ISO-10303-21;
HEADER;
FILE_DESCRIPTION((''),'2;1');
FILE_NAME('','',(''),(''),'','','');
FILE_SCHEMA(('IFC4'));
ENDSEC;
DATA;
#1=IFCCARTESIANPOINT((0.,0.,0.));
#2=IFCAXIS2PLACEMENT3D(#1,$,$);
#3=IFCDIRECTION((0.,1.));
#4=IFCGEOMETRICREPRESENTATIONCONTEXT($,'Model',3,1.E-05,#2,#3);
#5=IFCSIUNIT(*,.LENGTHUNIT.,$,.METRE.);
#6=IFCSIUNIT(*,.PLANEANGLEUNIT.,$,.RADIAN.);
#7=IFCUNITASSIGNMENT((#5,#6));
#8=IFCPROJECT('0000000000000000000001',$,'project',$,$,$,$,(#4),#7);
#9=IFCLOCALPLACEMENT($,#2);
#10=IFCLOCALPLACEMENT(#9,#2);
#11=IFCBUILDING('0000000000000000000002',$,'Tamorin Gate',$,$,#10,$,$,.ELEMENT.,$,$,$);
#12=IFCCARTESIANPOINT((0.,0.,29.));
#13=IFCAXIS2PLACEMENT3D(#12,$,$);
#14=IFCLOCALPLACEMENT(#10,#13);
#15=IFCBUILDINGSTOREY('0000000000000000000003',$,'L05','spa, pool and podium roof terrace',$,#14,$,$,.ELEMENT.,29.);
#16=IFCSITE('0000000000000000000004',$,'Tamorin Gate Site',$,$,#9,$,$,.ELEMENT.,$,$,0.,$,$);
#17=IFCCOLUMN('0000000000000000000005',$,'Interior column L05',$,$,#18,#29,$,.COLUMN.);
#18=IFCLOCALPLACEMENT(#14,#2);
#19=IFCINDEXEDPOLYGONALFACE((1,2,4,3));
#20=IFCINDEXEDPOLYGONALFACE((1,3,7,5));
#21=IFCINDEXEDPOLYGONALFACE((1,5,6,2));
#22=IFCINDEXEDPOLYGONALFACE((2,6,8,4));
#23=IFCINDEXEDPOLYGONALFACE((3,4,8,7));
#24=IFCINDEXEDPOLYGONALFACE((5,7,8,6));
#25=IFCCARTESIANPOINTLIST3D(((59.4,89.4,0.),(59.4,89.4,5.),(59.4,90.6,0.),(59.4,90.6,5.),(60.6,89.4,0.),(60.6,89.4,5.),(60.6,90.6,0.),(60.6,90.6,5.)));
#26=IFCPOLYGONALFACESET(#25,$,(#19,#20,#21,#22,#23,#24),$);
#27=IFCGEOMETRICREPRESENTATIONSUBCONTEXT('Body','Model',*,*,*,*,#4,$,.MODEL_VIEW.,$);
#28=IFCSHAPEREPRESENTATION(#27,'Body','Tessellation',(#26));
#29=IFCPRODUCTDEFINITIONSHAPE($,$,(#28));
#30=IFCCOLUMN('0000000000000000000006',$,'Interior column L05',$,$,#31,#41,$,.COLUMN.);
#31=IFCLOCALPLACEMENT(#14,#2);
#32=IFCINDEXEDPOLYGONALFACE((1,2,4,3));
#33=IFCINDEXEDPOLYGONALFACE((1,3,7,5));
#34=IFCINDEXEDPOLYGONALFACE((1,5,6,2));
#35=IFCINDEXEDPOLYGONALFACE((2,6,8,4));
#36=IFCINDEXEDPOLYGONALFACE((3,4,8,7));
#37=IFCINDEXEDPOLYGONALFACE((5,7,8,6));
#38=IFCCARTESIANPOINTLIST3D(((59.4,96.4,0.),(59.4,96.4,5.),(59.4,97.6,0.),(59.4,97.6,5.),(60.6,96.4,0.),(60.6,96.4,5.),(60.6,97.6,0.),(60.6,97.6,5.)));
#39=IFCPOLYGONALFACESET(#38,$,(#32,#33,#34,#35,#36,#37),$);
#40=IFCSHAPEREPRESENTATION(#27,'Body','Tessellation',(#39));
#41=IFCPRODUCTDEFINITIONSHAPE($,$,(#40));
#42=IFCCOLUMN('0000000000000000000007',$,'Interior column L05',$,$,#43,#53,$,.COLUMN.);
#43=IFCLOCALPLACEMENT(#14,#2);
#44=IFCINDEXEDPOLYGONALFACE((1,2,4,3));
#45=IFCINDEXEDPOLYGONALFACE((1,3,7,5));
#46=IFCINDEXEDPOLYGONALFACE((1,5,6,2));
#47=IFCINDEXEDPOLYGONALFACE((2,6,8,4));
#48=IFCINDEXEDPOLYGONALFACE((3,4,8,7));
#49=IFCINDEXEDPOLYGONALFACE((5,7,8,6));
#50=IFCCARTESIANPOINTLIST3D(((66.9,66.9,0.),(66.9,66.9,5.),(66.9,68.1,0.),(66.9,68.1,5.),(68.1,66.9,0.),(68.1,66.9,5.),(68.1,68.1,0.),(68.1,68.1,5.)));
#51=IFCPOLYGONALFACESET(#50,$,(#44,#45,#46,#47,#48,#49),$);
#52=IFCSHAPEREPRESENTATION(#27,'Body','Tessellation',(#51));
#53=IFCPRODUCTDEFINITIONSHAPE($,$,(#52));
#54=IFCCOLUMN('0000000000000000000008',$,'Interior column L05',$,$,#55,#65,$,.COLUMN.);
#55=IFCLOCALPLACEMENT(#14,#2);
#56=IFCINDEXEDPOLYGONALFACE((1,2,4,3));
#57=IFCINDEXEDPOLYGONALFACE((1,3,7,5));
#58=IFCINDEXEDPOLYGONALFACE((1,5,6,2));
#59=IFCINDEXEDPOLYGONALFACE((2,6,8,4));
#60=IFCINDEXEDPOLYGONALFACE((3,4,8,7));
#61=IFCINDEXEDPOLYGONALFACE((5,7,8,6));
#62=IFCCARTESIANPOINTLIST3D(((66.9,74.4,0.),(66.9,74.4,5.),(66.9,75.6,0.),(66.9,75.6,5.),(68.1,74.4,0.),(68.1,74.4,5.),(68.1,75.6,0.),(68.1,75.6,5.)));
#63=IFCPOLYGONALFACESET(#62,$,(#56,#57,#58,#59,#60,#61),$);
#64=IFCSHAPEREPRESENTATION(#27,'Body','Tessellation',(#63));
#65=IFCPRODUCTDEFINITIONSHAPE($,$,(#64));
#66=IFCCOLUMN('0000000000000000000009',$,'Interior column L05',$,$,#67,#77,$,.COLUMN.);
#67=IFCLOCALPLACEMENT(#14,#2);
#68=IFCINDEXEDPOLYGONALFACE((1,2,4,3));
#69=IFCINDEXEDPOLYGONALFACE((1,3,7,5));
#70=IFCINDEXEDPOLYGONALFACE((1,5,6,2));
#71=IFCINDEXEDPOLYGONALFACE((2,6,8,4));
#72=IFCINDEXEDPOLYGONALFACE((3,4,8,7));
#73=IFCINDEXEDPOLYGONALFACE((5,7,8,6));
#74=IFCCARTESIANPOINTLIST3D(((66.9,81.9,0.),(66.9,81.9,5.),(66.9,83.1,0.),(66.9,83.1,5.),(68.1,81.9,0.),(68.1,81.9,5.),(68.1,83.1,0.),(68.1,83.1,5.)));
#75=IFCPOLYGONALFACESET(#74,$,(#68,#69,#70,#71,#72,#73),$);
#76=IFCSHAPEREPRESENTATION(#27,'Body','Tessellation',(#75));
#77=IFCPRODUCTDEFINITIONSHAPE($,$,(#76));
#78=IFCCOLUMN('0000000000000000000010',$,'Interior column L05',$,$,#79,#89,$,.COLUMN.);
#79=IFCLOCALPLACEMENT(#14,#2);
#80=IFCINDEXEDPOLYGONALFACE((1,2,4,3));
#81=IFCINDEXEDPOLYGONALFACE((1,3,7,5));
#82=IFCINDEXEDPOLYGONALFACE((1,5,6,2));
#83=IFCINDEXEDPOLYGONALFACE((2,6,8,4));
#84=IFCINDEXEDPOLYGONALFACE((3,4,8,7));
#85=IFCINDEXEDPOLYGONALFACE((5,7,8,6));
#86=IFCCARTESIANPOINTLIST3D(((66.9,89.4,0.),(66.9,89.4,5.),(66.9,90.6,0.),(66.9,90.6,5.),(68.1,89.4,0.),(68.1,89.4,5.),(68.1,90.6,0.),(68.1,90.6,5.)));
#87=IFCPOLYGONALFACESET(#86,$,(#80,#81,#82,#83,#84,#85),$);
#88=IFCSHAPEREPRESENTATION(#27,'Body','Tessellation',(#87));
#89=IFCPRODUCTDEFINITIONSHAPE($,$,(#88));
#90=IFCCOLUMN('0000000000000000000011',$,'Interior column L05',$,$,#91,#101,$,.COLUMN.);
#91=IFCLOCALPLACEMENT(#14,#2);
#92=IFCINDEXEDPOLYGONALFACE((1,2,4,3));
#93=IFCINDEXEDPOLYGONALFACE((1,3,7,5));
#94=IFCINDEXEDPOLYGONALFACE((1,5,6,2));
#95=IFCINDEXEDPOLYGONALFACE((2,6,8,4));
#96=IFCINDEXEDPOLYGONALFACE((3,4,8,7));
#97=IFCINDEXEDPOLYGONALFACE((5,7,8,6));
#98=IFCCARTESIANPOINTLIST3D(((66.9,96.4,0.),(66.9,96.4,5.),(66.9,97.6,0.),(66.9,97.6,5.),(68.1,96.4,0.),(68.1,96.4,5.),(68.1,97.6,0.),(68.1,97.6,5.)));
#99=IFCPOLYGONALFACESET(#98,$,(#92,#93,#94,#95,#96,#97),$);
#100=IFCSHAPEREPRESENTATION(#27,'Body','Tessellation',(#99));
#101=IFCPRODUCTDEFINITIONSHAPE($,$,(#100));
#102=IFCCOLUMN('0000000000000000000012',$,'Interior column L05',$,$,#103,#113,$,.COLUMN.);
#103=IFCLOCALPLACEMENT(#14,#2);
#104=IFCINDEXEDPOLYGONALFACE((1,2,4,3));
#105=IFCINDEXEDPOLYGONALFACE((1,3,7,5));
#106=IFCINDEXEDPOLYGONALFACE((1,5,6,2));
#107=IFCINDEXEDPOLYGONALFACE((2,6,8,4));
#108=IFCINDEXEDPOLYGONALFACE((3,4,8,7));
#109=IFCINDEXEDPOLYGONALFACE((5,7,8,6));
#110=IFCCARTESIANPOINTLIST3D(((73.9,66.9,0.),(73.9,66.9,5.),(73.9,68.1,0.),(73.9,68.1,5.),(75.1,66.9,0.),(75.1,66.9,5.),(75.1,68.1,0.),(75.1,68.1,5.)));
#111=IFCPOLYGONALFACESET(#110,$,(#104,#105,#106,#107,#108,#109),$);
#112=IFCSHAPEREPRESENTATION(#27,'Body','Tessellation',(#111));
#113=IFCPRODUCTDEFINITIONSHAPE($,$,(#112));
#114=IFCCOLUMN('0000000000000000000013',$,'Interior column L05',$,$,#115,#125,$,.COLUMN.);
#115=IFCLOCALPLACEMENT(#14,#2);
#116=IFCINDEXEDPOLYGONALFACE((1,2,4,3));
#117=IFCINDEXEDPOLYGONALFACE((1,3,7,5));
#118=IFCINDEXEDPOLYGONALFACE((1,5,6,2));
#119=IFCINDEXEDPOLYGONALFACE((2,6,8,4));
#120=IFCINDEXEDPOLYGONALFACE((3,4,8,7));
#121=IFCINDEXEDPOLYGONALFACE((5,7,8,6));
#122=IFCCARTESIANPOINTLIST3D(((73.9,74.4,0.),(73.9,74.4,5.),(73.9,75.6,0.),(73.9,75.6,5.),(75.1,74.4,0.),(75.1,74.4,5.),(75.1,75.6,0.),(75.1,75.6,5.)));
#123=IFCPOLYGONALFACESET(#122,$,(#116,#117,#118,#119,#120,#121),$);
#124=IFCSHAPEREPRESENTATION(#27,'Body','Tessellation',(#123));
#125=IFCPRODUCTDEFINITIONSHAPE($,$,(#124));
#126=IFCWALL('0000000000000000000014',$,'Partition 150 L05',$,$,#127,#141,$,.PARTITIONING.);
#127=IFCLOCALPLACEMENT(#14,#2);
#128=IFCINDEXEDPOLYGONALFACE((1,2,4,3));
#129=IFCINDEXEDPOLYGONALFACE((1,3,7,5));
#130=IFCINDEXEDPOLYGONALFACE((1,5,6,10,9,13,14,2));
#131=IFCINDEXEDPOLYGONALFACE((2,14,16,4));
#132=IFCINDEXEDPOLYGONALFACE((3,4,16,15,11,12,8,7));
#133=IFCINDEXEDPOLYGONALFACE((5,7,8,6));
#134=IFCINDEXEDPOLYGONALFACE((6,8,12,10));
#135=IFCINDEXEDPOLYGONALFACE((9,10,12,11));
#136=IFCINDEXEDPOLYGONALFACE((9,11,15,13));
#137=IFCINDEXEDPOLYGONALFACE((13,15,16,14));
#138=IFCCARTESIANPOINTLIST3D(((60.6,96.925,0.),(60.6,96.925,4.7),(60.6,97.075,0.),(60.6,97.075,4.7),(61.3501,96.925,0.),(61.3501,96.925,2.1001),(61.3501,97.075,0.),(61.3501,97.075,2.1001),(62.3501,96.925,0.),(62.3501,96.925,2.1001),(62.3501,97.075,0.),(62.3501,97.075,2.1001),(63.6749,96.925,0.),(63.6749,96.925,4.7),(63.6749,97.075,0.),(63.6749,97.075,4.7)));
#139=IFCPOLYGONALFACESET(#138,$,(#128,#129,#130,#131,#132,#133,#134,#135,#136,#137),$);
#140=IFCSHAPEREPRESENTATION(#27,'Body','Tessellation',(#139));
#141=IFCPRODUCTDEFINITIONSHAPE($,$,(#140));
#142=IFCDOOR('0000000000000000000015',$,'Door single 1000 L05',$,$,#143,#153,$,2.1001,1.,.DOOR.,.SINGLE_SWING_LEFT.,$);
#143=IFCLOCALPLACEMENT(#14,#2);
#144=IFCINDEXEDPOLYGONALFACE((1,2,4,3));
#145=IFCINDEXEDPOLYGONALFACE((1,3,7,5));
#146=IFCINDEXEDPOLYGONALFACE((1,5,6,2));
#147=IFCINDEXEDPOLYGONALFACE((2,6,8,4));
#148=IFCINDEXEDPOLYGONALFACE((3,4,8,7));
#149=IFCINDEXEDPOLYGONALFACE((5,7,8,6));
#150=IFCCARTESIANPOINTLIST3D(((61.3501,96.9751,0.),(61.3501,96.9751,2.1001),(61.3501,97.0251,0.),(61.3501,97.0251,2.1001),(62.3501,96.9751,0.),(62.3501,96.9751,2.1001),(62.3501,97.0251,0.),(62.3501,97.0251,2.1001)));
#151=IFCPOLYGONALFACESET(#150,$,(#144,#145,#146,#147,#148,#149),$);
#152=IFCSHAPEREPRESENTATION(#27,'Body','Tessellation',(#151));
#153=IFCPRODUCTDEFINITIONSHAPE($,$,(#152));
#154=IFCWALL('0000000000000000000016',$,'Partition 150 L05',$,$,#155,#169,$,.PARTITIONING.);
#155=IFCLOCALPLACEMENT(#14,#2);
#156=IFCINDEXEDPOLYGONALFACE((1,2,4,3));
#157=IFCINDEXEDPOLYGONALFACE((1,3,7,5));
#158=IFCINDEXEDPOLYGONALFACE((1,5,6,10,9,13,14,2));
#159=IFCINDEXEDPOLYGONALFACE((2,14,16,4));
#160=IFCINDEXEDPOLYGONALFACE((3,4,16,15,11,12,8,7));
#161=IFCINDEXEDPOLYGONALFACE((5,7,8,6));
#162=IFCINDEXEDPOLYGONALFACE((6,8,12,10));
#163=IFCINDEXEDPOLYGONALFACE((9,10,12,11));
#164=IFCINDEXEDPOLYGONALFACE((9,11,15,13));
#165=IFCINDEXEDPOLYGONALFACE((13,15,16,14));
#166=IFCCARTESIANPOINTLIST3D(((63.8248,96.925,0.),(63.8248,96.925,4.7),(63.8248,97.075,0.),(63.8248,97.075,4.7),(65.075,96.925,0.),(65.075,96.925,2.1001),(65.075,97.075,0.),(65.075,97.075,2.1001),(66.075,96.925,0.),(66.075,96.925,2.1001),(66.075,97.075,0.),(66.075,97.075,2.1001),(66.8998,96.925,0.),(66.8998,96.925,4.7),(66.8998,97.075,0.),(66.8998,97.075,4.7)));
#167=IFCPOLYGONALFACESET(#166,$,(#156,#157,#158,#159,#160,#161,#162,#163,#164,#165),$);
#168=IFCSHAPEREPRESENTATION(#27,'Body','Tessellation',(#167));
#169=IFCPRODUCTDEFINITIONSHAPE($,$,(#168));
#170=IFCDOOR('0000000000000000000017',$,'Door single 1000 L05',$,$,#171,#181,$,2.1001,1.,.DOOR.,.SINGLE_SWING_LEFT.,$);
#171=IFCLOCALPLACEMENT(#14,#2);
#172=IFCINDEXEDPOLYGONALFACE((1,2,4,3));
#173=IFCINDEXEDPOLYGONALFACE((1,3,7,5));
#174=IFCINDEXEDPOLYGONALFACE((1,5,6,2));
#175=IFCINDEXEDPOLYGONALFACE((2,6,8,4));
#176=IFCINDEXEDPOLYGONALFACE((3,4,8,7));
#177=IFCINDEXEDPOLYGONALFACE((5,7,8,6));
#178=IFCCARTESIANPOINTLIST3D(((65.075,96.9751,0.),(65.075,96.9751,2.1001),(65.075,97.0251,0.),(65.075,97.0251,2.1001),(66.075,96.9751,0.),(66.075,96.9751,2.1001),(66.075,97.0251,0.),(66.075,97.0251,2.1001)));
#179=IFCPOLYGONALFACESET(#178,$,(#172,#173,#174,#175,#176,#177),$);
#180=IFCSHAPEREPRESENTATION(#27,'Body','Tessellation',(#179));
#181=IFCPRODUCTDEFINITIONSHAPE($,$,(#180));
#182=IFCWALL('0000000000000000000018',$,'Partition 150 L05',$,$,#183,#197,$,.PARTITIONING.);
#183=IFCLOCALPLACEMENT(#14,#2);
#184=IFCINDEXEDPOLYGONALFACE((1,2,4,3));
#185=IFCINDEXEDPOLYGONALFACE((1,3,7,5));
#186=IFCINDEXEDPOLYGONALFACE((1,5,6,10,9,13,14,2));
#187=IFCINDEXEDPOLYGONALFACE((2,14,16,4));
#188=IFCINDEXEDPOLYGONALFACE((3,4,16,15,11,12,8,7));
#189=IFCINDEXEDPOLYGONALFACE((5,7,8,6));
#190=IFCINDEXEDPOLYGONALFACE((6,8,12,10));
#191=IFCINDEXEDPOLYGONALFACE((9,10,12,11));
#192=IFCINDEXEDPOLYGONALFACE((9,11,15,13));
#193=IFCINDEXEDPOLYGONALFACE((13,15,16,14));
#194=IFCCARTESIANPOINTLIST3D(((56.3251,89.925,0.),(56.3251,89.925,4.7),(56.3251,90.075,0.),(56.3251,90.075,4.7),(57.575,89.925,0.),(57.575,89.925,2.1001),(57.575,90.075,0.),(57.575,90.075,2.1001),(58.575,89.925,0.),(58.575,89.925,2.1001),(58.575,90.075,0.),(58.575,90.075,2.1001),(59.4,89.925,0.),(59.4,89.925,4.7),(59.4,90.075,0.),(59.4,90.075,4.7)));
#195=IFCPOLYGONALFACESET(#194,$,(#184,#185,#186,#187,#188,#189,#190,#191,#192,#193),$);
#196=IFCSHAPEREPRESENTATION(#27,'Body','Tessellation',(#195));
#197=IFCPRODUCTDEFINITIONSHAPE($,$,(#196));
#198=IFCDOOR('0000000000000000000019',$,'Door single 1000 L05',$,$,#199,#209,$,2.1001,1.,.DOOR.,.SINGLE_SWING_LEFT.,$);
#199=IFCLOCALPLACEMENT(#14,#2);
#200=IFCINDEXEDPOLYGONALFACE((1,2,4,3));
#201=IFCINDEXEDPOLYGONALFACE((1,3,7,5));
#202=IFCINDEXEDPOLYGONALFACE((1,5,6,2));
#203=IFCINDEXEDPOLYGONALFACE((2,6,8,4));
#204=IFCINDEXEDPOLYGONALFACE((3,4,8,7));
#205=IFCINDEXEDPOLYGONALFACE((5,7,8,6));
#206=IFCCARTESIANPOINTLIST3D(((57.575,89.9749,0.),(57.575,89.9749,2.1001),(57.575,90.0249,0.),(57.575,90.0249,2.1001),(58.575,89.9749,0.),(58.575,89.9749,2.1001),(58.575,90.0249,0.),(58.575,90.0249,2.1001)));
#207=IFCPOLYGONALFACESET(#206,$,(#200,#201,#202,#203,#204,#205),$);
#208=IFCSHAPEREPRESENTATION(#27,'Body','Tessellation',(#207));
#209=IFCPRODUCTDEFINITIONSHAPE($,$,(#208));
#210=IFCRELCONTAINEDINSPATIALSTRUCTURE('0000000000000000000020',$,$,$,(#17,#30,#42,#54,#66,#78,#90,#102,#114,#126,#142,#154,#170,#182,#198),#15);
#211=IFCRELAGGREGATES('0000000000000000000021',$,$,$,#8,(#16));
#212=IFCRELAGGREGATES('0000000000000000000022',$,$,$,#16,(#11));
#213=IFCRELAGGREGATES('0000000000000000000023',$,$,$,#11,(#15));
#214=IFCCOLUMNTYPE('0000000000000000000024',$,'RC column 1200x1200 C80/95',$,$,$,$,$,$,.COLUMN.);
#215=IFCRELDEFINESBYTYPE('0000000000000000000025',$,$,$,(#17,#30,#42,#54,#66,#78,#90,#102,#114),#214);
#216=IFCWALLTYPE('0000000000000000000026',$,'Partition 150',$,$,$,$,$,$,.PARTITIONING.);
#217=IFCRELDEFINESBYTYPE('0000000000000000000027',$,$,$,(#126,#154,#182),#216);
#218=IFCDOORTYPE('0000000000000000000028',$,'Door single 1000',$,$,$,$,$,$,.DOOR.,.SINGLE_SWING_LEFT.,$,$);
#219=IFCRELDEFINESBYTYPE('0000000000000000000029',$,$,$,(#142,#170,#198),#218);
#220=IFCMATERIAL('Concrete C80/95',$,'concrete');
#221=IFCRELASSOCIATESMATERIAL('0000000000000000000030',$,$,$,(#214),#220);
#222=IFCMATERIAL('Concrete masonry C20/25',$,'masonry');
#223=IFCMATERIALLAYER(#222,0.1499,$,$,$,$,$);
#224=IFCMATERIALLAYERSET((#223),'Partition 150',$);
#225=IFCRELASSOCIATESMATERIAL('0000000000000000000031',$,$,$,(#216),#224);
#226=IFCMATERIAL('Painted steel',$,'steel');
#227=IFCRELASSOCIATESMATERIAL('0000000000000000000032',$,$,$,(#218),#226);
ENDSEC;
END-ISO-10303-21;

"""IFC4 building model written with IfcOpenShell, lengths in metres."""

from ifc_helpers import new_model, si_unit, direction, frame, frame_2d, origin, origin_2d, place, context, subcontext, project, spatial, rectangle, extrude, material, layer, layer_set, material_profile, profile_set, type_object, element, fill, save


model = new_model("IFC4")

# Units and contexts
model_context = context("Model", 3, precision=1e-05, world=origin(), true_north=direction((0.0, 1.0)))
body_context = subcontext(model_context, "Body", "Model", "MODEL_VIEW")
ifc_project = project(units=[si_unit("LENGTHUNIT", "METRE"), si_unit("PLANEANGLEUNIT", "RADIAN")], contexts=[model_context])

# Site, building, storey
site_placement = place(None, origin())
site = spatial("IfcSite", under=ifc_project, at=site_placement, Name="Tamorin Gate Site", CompositionType="ELEMENT", RefElevation=0.0)
building_placement = place(site_placement, origin())
building = spatial("IfcBuilding", under=site, at=building_placement, Name="Tamorin Gate", CompositionType="ELEMENT")
storey_placement = place(building_placement, frame((0.0, 0.0, 29.0)))
storey = spatial("IfcBuildingStorey", under=building, at=storey_placement, Name="L05", Description="spa, pool and podium roof terrace", CompositionType="ELEMENT", Elevation=29.0)

# Columns
ifc_material_1 = material(Name="Concrete C80/95", Category="concrete")
ifc_material_profile = material_profile(ifc_material_1, rectangle(XDim=1.2, YDim=1.2, at=origin_2d()), Name="RC 1200x1200")
ifc_profile_set = profile_set([ifc_material_profile], Name="Concrete C80/95")
column_type = type_object("IfcColumnType", Name="RC column 1200x1200 C80/95", PredefinedType="COLUMN", material=ifc_profile_set)
for number, where, z_axis, x_axis, name in (
    (1, (60.0, 90.0, 0.0), (0.0, 0.0, 1.0), (1.0, 0.0, 0.0), "Interior column L05"),
    (2, (60.0, 97.0, 0.0), (0.0, 0.0, 1.0), (1.0, 0.0, 0.0), "Interior column L05"),
    (3, (67.5, 67.5, 0.0), (0.0, 0.0, 1.0), (1.0, 0.0, 0.0), "Interior column L05"),
    (4, (67.5, 75.0, 0.0), (0.0, 0.0, 1.0), (1.0, 0.0, 0.0), "Interior column L05"),
    (5, (67.5, 82.5, 0.0), (0.0, 0.0, 1.0), (1.0, 0.0, 0.0), "Interior column L05"),
    (6, (67.5, 90.0, 0.0), (0.0, 0.0, 1.0), (1.0, 0.0, 0.0), "Interior column L05"),
    (7, (67.5, 97.0, 0.0), (0.0, 0.0, 1.0), (1.0, 0.0, 0.0), "Interior column L05"),
    (8, (74.5, 67.5, 0.0), (0.0, 0.0, 1.0), (1.0, 0.0, 0.0), "Interior column L05"),
    (9, (74.5, 75.0, 0.0), (0.0, 0.0, 1.0), (1.0, 0.0, 0.0), "Interior column L05"),
):
    element("IfcColumn", number, at=place(storey_placement, frame(where, z_axis=z_axis, x_axis=x_axis)), inside=storey, type_object=column_type, Name=name, PredefinedType="COLUMN", context=body_context, shape_type="SweptSolid", body=[
        extrude(rectangle(XDim=1.2, YDim=1.2, at=origin_2d()), origin(), (0.0, 0.0, 1.0), 5.0),
    ])

# Walls, openings, doors
ifc_material_2 = material(Name="Concrete masonry C20/25", Category="masonry")
ifc_layer = layer(ifc_material_2, 0.1499)
ifc_layer_set = layer_set([ifc_layer], Name="Partition 150")
wall_type = type_object("IfcWallType", Name="Partition 150", PredefinedType="PARTITIONING", material=ifc_layer_set)
wall_1_placement = place(storey_placement, frame((63.675, 97.0, 0.0), z_axis=(0.0, 0.0, 1.0), x_axis=(-1.0, 0.0, 0.0)))
wall_1 = element("IfcWall", 10, at=wall_1_placement, inside=storey, type_object=wall_type, Name="Partition 150 L05", PredefinedType="PARTITIONING", context=body_context, shape_type="SweptSolid", body=[
    extrude(rectangle(XDim=3.075, YDim=0.1499, at=frame_2d((1.5376, 0.0))), origin(), (0.0, 0.0, 1.0), 4.7),
])
opening_1_placement = place(wall_1_placement, frame((1.325, 0.0, 0.0)))
opening_1 = element("IfcOpeningElement", 11, at=opening_1_placement, cuts=wall_1, PredefinedType="OPENING", context=body_context, shape_type="SweptSolid", body=[
    extrude(rectangle(XDim=1.0, YDim=2.1001, at=frame_2d((0.5, 1.05))), frame((0.0, 0.085, 0.0), z_axis=(0.0, -1.0, 0.0), x_axis=(1.0, 0.0, 0.0)), (0.0, 0.0, 1.0), 0.1699),
])
ifc_material_3 = material(Name="Painted steel", Category="steel")
door_type_1 = type_object("IfcDoorType", Name="Door single 1000", OperationType="SINGLE_SWING_LEFT", PredefinedType="DOOR", material=ifc_material_3)
door_1_placement = place(opening_1_placement, origin())
door_1 = element("IfcDoor", 12, at=door_1_placement, inside=storey, type_object=door_type_1, Name="Door single 1000 L05", OperationType="SINGLE_SWING_LEFT", OverallHeight=2.1001, OverallWidth=1.0, PredefinedType="DOOR", context=body_context, shape_type="SweptSolid", body=[
    extrude(rectangle(XDim=1.0, YDim=2.1001, at=frame_2d((0.5, 1.05))), frame((0.0, 0.0249, 0.0), z_axis=(0.0, -1.0, 0.0), x_axis=(1.0, 0.0, 0.0)), (0.0, 0.0, 1.0), 0.05),
])
fill(opening_1, door_1)
wall_2_placement = place(storey_placement, frame((66.8999, 97.0, 0.0), z_axis=(0.0, 0.0, 1.0), x_axis=(-1.0, 0.0, 0.0)))
wall_2 = element("IfcWall", 13, at=wall_2_placement, inside=storey, type_object=wall_type, Name="Partition 150 L05", PredefinedType="PARTITIONING", context=body_context, shape_type="SweptSolid", body=[
    extrude(rectangle(XDim=3.075, YDim=0.1499, at=frame_2d((1.5376, 0.0))), origin(), (0.0, 0.0, 1.0), 4.7),
])
opening_2_placement = place(wall_2_placement, frame((0.825, 0.0, 0.0)))
opening_2 = element("IfcOpeningElement", 14, at=opening_2_placement, cuts=wall_2, PredefinedType="OPENING", context=body_context, shape_type="SweptSolid", body=[
    extrude(rectangle(XDim=1.0, YDim=2.1001, at=frame_2d((0.5, 1.05))), frame((0.0, 0.085, 0.0), z_axis=(0.0, -1.0, 0.0), x_axis=(1.0, 0.0, 0.0)), (0.0, 0.0, 1.0), 0.1699),
])
door_2_placement = place(opening_2_placement, origin())
door_2 = element("IfcDoor", 15, at=door_2_placement, inside=storey, type_object=door_type_1, Name="Door single 1000 L05", OperationType="SINGLE_SWING_LEFT", OverallHeight=2.1001, OverallWidth=1.0, PredefinedType="DOOR", context=body_context, shape_type="SweptSolid", body=[
    extrude(rectangle(XDim=1.0, YDim=2.1001, at=frame_2d((0.5, 1.05))), frame((0.0, 0.0249, 0.0), z_axis=(0.0, -1.0, 0.0), x_axis=(1.0, 0.0, 0.0)), (0.0, 0.0, 1.0), 0.05),
])
fill(opening_2, door_2)
wall_3_placement = place(storey_placement, frame((56.325, 90.0, 0.0), z_axis=(0.0, 0.0, 1.0), x_axis=(1.0, 0.0, 0.0)))
wall_3 = element("IfcWall", 16, at=wall_3_placement, inside=storey, type_object=wall_type, Name="Partition 150 L05", PredefinedType="PARTITIONING", context=body_context, shape_type="SweptSolid", body=[
    extrude(rectangle(XDim=3.075, YDim=0.1499, at=frame_2d((1.5376, 0.0))), origin(), (0.0, 0.0, 1.0), 4.7),
])
opening_3_placement = place(wall_3_placement, frame((1.25, 0.0, 0.0)))
opening_3 = element("IfcOpeningElement", 17, at=opening_3_placement, cuts=wall_3, PredefinedType="OPENING", context=body_context, shape_type="SweptSolid", body=[
    extrude(rectangle(XDim=1.0, YDim=2.1001, at=frame_2d((0.5, 1.05))), frame((0.0, 0.085, 0.0), z_axis=(0.0, -1.0, 0.0), x_axis=(1.0, 0.0, 0.0)), (0.0, 0.0, 1.0), 0.1699),
])
door_3_placement = place(opening_3_placement, origin())
door_3 = element("IfcDoor", 18, at=door_3_placement, inside=storey, type_object=door_type_1, Name="Door single 1000 L05", OperationType="SINGLE_SWING_LEFT", OverallHeight=2.1001, OverallWidth=1.0, PredefinedType="DOOR", context=body_context, shape_type="SweptSolid", body=[
    extrude(rectangle(XDim=1.0, YDim=2.1001, at=frame_2d((0.5, 1.05))), frame((0.0, 0.0249, 0.0), z_axis=(0.0, -1.0, 0.0), x_axis=(1.0, 0.0, 0.0)), (0.0, 0.0, 1.0), 0.05),
])
fill(opening_3, door_3)

save(model, "model.ifc")
